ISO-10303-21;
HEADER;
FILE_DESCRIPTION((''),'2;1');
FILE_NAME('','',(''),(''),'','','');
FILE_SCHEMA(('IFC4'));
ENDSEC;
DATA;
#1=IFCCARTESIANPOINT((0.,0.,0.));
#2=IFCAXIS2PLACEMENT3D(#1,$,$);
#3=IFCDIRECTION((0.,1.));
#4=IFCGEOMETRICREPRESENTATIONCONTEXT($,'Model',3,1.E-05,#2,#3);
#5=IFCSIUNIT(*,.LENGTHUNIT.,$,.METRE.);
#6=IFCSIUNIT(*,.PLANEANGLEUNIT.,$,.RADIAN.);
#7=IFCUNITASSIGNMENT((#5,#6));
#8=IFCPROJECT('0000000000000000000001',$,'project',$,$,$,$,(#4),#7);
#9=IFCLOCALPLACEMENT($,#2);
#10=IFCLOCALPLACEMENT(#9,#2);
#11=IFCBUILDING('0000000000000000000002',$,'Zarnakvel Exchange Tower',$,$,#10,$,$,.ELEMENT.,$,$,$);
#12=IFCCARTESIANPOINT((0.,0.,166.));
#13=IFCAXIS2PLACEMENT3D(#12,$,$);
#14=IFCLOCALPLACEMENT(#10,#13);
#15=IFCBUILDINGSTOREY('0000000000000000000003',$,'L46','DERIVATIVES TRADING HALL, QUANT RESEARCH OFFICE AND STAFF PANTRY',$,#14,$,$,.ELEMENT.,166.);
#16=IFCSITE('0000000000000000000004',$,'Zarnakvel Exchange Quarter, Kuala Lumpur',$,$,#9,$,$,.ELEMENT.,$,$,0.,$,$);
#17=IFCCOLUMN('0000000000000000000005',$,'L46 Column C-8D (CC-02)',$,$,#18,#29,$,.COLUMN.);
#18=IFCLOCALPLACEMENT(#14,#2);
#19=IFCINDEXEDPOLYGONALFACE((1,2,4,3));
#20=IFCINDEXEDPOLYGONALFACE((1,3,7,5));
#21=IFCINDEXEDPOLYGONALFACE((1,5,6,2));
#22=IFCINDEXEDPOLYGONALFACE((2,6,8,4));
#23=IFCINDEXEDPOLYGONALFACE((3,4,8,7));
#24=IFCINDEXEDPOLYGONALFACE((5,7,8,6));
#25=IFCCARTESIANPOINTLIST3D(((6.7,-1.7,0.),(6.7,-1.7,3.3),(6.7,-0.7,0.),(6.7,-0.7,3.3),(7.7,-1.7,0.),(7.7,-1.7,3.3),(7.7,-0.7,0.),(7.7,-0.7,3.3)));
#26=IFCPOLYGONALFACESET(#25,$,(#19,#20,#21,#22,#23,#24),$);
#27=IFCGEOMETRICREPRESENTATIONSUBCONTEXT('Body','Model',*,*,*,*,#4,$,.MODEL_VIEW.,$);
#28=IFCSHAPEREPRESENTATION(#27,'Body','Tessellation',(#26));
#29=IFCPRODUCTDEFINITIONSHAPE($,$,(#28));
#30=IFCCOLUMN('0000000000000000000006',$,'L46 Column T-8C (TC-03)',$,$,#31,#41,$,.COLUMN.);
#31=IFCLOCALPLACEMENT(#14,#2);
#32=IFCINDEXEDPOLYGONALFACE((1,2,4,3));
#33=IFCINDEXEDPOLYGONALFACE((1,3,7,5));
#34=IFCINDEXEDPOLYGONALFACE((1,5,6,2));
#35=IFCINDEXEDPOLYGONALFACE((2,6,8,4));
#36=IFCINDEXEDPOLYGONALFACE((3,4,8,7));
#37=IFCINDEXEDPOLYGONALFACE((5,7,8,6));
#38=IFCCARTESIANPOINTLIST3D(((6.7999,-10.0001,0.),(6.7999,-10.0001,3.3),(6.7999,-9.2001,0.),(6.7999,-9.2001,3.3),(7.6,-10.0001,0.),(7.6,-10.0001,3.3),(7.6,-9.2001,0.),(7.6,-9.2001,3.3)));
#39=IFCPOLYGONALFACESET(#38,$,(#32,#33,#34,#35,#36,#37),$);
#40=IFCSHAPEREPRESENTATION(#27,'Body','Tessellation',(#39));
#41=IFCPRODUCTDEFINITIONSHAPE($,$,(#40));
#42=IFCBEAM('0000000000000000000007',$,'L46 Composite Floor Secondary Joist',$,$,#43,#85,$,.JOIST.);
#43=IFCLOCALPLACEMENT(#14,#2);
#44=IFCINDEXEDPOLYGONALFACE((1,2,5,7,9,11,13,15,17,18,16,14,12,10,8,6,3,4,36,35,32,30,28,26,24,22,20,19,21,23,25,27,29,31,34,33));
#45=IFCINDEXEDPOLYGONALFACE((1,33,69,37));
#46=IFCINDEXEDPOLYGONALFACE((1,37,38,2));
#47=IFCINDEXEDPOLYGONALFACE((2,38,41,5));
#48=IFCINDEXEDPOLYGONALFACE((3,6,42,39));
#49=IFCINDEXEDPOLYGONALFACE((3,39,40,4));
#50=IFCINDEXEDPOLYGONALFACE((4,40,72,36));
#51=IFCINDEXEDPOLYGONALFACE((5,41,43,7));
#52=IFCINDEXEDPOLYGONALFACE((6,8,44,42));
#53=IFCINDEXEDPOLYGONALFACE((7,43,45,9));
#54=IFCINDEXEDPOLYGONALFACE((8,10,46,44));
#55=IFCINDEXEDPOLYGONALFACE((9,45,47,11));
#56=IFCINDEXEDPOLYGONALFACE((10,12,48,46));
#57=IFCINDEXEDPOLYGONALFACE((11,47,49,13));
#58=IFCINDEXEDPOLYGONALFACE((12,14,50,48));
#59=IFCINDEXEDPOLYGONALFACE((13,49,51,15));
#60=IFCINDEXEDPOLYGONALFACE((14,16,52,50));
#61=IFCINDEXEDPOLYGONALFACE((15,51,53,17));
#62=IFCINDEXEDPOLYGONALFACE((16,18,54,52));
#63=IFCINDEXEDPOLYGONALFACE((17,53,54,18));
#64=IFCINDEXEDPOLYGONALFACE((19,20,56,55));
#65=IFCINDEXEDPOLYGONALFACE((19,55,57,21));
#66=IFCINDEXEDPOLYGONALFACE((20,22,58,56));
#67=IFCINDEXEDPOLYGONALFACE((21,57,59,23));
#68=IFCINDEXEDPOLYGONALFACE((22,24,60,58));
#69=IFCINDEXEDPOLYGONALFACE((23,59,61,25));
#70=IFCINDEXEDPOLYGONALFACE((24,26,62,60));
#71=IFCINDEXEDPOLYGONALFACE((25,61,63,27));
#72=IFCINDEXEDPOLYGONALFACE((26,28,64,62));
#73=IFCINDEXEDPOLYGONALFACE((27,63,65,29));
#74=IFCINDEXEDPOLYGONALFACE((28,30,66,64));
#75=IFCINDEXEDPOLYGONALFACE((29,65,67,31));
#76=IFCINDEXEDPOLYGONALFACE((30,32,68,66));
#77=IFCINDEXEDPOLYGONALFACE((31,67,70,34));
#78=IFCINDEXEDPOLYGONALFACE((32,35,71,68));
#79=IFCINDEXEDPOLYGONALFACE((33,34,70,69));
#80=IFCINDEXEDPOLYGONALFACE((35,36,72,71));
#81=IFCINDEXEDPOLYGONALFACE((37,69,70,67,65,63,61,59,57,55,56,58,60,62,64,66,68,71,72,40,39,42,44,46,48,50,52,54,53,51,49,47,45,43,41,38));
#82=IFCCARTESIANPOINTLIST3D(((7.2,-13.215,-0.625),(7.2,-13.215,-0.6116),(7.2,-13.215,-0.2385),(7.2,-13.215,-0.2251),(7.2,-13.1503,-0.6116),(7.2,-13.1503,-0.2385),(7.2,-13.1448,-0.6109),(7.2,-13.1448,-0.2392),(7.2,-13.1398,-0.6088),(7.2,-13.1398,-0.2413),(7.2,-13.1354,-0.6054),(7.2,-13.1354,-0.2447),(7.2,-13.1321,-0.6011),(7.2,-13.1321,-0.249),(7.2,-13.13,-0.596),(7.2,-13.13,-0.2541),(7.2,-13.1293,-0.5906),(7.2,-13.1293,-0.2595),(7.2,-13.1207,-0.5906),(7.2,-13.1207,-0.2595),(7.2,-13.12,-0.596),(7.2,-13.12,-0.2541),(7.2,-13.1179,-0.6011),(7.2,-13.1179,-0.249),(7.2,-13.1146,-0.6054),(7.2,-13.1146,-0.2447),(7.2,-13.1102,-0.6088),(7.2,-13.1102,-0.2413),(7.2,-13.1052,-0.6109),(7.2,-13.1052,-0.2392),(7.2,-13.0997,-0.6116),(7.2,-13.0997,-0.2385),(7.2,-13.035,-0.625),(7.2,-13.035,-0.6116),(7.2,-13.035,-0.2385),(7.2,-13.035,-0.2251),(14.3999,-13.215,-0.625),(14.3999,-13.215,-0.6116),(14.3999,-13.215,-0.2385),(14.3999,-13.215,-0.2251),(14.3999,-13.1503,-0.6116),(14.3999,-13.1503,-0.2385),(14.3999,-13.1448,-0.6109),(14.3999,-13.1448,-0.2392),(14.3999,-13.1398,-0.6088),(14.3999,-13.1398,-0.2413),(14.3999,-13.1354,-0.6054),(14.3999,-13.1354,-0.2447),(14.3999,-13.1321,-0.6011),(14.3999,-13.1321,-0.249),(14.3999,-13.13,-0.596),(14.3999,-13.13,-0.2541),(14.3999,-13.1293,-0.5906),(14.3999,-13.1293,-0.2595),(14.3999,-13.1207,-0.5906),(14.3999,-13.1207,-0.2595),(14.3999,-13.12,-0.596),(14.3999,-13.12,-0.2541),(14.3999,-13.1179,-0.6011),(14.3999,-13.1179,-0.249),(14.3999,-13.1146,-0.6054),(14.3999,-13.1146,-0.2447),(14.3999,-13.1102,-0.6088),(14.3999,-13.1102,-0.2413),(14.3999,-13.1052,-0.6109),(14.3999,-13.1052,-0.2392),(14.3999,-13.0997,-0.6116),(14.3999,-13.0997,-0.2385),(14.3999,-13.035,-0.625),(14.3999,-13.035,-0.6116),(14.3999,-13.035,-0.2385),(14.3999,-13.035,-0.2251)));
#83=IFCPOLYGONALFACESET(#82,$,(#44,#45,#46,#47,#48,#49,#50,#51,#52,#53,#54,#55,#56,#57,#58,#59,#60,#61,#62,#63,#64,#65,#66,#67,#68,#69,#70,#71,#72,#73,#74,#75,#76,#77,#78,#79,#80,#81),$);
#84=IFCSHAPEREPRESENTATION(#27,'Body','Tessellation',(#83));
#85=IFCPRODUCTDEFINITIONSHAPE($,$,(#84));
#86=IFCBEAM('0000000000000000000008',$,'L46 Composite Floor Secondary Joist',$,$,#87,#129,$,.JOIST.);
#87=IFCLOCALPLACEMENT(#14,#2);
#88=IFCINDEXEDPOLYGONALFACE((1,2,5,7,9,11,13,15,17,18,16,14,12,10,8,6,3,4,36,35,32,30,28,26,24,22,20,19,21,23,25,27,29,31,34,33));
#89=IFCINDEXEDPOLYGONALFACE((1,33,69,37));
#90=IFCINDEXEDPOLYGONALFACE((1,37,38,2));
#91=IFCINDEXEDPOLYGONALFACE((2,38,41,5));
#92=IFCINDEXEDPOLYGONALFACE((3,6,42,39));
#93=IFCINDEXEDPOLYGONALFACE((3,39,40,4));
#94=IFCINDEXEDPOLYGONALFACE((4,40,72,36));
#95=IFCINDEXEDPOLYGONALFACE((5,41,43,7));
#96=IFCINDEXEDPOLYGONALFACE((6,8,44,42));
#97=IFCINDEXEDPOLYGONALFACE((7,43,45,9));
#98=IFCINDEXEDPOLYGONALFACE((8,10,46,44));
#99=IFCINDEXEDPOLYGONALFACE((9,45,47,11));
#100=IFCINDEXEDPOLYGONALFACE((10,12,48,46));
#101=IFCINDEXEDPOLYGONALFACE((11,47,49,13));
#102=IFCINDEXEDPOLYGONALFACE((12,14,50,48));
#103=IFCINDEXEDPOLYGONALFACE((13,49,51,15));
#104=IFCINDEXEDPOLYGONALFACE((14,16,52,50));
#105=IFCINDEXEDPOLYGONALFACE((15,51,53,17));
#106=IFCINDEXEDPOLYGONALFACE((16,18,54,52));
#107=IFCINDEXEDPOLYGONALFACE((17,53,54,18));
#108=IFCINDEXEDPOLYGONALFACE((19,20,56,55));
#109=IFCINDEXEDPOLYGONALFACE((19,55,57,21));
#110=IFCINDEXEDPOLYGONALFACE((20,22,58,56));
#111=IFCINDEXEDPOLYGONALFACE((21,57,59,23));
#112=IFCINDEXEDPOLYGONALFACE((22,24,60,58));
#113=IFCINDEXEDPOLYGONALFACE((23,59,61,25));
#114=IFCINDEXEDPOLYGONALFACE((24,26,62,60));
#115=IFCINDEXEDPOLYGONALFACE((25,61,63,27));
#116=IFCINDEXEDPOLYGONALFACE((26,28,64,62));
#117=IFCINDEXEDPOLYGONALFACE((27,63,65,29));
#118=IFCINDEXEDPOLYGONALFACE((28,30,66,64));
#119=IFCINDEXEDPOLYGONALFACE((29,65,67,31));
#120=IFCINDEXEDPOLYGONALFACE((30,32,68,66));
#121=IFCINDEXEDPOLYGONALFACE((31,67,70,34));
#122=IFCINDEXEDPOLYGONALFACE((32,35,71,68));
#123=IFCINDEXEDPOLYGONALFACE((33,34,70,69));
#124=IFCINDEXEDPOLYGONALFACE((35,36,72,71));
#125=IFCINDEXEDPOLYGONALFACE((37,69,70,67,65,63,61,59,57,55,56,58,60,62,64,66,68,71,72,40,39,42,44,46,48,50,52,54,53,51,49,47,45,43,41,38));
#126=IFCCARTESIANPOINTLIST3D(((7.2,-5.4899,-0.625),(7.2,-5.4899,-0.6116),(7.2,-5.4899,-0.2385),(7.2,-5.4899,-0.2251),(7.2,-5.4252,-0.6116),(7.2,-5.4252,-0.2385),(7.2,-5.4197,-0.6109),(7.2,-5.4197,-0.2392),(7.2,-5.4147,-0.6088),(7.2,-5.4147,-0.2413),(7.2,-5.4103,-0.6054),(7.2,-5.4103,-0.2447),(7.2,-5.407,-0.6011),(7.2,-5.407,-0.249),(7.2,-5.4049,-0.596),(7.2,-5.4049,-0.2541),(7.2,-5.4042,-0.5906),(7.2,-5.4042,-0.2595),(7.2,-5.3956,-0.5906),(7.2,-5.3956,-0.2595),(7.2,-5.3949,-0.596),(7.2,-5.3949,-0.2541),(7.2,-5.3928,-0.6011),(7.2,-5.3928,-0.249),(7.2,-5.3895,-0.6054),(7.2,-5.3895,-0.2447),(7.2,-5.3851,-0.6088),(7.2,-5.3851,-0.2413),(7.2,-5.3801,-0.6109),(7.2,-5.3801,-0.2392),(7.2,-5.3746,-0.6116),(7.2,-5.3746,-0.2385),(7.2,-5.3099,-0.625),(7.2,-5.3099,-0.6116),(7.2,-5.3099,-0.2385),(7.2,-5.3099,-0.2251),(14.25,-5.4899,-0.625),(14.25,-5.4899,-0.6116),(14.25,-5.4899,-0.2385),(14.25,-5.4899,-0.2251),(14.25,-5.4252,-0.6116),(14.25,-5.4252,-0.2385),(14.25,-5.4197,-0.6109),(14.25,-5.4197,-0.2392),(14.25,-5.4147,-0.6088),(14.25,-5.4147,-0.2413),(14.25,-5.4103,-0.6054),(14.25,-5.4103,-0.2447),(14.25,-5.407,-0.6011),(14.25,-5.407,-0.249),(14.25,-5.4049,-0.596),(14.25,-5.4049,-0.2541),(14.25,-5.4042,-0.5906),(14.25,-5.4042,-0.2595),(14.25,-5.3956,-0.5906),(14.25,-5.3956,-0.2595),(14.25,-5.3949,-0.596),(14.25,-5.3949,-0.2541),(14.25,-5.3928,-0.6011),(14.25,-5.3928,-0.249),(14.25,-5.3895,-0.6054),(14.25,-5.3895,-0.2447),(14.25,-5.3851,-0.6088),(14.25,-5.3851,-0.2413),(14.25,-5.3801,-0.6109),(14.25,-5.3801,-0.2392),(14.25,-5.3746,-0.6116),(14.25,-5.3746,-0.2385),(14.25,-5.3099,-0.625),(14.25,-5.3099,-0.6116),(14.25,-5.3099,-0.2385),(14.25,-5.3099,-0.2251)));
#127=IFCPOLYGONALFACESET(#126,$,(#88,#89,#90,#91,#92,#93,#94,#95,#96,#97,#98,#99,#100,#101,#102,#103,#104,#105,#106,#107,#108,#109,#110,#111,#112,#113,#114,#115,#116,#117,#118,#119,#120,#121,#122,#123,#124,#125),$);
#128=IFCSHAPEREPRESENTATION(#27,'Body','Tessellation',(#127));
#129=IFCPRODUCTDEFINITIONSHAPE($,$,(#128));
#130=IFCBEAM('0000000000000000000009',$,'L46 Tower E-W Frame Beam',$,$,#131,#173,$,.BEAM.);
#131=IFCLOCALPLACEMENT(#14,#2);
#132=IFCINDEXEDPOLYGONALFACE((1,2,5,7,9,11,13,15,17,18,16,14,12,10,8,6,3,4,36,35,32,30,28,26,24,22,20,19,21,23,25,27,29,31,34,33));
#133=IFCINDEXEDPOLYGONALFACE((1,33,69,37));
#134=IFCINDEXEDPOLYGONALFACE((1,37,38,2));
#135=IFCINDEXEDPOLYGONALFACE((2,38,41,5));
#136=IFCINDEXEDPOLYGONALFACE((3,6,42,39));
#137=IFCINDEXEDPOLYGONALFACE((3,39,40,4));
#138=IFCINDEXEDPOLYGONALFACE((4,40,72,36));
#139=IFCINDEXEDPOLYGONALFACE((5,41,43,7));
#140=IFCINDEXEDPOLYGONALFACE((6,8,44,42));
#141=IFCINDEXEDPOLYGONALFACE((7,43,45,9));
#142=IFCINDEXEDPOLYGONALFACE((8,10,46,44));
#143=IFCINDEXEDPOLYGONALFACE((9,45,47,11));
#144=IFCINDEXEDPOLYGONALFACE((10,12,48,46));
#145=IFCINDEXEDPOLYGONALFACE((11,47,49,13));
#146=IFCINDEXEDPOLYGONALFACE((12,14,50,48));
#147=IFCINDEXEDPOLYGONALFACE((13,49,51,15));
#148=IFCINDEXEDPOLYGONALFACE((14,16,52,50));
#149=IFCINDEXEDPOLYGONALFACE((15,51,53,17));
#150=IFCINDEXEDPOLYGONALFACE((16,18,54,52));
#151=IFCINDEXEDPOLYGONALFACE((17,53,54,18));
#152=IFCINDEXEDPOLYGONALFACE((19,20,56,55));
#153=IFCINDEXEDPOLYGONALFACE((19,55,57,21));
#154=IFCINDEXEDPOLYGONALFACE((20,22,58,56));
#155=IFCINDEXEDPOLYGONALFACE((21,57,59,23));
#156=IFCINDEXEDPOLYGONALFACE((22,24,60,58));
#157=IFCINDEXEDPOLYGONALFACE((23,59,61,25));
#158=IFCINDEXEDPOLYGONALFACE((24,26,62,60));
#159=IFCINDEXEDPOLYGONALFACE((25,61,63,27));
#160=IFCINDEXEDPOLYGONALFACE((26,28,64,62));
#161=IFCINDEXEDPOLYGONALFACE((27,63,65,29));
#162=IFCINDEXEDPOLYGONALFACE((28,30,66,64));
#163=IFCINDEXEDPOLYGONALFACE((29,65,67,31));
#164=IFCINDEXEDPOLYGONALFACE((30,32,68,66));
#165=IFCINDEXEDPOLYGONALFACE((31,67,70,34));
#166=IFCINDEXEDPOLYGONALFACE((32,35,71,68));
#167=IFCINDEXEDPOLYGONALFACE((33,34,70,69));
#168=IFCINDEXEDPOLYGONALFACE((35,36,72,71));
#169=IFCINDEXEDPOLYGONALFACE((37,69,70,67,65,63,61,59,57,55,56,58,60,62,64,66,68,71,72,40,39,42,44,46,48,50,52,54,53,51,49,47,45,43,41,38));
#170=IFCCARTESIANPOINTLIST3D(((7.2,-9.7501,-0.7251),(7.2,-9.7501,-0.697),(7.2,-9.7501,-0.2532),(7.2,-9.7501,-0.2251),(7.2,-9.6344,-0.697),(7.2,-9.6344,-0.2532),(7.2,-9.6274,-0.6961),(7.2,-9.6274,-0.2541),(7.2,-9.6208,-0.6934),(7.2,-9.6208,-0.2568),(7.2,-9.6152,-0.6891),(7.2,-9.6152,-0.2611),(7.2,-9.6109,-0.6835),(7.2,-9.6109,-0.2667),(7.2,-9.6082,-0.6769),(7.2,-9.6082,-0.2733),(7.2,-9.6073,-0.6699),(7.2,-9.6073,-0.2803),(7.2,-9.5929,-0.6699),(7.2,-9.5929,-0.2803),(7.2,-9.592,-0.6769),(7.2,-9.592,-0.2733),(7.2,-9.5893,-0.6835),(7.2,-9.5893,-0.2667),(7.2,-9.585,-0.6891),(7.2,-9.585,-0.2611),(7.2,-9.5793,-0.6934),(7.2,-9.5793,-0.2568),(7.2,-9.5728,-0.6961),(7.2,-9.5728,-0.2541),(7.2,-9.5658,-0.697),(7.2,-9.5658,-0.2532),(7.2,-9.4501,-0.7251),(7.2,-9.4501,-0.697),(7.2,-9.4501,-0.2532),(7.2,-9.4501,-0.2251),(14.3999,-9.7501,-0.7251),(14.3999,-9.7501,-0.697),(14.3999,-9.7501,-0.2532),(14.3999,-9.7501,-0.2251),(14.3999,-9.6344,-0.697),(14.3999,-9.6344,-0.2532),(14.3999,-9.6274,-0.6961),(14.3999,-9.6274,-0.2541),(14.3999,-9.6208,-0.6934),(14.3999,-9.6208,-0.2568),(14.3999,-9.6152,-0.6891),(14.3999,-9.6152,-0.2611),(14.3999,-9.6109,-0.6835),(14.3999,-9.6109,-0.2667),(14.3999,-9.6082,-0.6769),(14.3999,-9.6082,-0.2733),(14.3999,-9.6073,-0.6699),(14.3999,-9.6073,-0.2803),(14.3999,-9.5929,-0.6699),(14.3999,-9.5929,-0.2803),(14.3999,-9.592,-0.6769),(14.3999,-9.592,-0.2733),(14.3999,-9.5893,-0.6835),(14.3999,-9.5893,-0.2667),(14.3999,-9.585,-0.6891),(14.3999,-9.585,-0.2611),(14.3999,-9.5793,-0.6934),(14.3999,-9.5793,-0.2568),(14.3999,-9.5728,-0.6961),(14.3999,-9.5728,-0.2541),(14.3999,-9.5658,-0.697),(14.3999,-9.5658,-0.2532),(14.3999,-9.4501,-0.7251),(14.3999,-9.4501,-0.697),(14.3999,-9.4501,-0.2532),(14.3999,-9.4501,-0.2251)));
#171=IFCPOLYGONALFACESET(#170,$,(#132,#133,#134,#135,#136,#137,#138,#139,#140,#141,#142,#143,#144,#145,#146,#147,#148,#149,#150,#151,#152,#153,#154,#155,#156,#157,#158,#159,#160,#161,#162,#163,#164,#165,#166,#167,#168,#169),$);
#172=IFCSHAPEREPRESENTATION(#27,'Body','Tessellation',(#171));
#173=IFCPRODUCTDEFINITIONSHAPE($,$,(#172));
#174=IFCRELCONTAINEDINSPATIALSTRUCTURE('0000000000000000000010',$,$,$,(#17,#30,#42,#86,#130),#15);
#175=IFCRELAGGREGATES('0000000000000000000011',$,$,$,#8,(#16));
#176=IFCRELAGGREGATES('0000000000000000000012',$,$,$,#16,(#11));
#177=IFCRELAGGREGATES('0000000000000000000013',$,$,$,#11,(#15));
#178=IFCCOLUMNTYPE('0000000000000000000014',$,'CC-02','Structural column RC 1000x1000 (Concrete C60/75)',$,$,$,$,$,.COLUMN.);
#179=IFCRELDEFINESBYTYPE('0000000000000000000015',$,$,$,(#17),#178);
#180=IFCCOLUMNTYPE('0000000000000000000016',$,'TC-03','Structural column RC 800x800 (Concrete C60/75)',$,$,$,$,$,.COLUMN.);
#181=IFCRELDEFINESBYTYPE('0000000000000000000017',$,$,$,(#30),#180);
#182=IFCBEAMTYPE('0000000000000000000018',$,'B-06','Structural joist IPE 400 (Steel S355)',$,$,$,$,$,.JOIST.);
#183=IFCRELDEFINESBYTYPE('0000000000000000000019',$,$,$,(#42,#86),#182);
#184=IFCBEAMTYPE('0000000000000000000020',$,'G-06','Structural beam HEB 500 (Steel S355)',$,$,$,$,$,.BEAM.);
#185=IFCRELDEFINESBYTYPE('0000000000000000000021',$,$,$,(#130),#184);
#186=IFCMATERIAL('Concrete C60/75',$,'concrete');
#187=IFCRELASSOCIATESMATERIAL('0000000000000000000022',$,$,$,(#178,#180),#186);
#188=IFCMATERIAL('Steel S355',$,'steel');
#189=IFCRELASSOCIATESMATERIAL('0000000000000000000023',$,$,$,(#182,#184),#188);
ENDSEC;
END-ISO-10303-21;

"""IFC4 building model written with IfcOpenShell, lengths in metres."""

from ifc_helpers import new_model, si_unit, direction, frame, origin, origin_2d, place, context, subcontext, project, spatial, rectangle, i_section, extrude, material, material_profile, profile_set, type_object, element, save


model = new_model("IFC4")

# Units and contexts
model_context = context("Model", 3, precision=1e-05, world=origin(), true_north=direction((0.0, 1.0)))
body_context = subcontext(model_context, "Body", "Model", "MODEL_VIEW")
ifc_project = project(units=[si_unit("LENGTHUNIT", "METRE"), si_unit("PLANEANGLEUNIT", "RADIAN")], contexts=[model_context])

# Site, building, storey
site_placement = place(None, origin())
site = spatial("IfcSite", under=ifc_project, at=site_placement, Name="Zarnakvel Exchange Quarter, Kuala Lumpur", CompositionType="ELEMENT", RefElevation=0.0)
building_placement = place(site_placement, origin())
building = spatial("IfcBuilding", under=site, at=building_placement, Name="Zarnakvel Exchange Tower", CompositionType="ELEMENT")
storey_placement = place(building_placement, frame((0.0, 0.0, 166.0)))
storey = spatial("IfcBuildingStorey", under=building, at=storey_placement, Name="L46", Description="DERIVATIVES TRADING HALL, QUANT RESEARCH OFFICE AND STAFF PANTRY", CompositionType="ELEMENT", Elevation=166.0)

# Columns
ifc_material_1 = material(Name="Concrete C60/75", Category="concrete")
ifc_material_profile_1 = material_profile(ifc_material_1, rectangle(XDim=1.0, YDim=1.0, at=origin_2d()))
ifc_profile_set_1 = profile_set([ifc_material_profile_1], Name="Concrete C60/75")
column_type_1 = type_object("IfcColumnType", Name="CC-02", Description="Structural column RC 1000x1000 (Concrete C60/75)", PredefinedType="COLUMN", material=ifc_profile_set_1)
column_1_placement = place(storey_placement, frame((7.2, -1.2, 0.0), z_axis=(0.0, 0.0, 1.0), x_axis=(1.0, 0.0, 0.0)))
element("IfcColumn", 1, at=column_1_placement, inside=storey, type_object=column_type_1, Name="L46 Column C-8D (CC-02)", PredefinedType="COLUMN", context=body_context, shape_type="SweptSolid", body=[
    extrude(rectangle(XDim=1.0, YDim=1.0, at=origin_2d()), origin(), (0.0, 0.0, 1.0), 3.3),
])
ifc_material_profile_2 = material_profile(ifc_material_1, rectangle(XDim=0.8, YDim=0.8, at=origin_2d()))
ifc_profile_set_2 = profile_set([ifc_material_profile_2], Name="Concrete C60/75")
column_type_2 = type_object("IfcColumnType", Name="TC-03", Description="Structural column RC 800x800 (Concrete C60/75)", PredefinedType="COLUMN", material=ifc_profile_set_2)
column_2_placement = place(storey_placement, frame((7.2, -9.6001, 0.0), z_axis=(0.0, 0.0, 1.0), x_axis=(1.0, 0.0, 0.0)))
element("IfcColumn", 2, at=column_2_placement, inside=storey, type_object=column_type_2, Name="L46 Column T-8C (TC-03)", PredefinedType="COLUMN", context=body_context, shape_type="SweptSolid", body=[
    extrude(rectangle(XDim=0.8, YDim=0.8, at=origin_2d()), origin(), (0.0, 0.0, 1.0), 3.3),
])

# Beams
ifc_material_2 = material(Name="Steel S355", Category="steel")
ifc_material_profile_3 = material_profile(ifc_material_2, i_section(OverallWidth=0.1799, OverallDepth=0.3999, WebThickness=0.0085, FlangeThickness=0.0134, FilletRadius=0.021, at=origin_2d()))
ifc_profile_set_3 = profile_set([ifc_material_profile_3], Name="Steel S355")
beam_type_1 = type_object("IfcBeamType", Name="B-06", Description="Structural joist IPE 400 (Steel S355)", PredefinedType="JOIST", material=ifc_profile_set_3)
beam_1_placement = place(storey_placement, frame((7.2, -13.125, -0.425), z_axis=(1.0, 0.0, 0.0), x_axis=(0.0, 1.0, 0.0)))
element("IfcBeam", 3, at=beam_1_placement, inside=storey, type_object=beam_type_1, Name="L46 Composite Floor Secondary Joist", PredefinedType="JOIST", context=body_context, shape_type="SweptSolid", body=[
    extrude(i_section(OverallWidth=0.1799, OverallDepth=0.3999, WebThickness=0.0085, FlangeThickness=0.0134, FilletRadius=0.021, at=origin_2d()), origin(), (0.0, 0.0, 1.0), 7.2),
])
beam_2_placement = place(storey_placement, frame((7.2, -5.3999, -0.425), z_axis=(1.0, 0.0, 0.0), x_axis=(0.0, 1.0, 0.0)))
element("IfcBeam", 4, at=beam_2_placement, inside=storey, type_object=beam_type_1, Name="L46 Composite Floor Secondary Joist", PredefinedType="JOIST", context=body_context, shape_type="SweptSolid", body=[
    extrude(i_section(OverallWidth=0.1799, OverallDepth=0.3999, WebThickness=0.0085, FlangeThickness=0.0134, FilletRadius=0.021, at=origin_2d()), origin(), (0.0, 0.0, 1.0), 7.05),
])
ifc_material_profile_4 = material_profile(ifc_material_2, i_section(OverallWidth=0.3, OverallDepth=0.5, WebThickness=0.0144, FlangeThickness=0.0281, FilletRadius=0.0271, at=origin_2d()))
ifc_profile_set_4 = profile_set([ifc_material_profile_4], Name="Steel S355")
beam_type_2 = type_object("IfcBeamType", Name="G-06", Description="Structural beam HEB 500 (Steel S355)", PredefinedType="BEAM", material=ifc_profile_set_4)
beam_3_placement = place(storey_placement, frame((7.2, -9.6001, -0.4751), z_axis=(1.0, 0.0, 0.0), x_axis=(0.0, 1.0, 0.0)))
element("IfcBeam", 5, at=beam_3_placement, inside=storey, type_object=beam_type_2, Name="L46 Tower E-W Frame Beam", PredefinedType="BEAM", context=body_context, shape_type="SweptSolid", body=[
    extrude(i_section(OverallWidth=0.3, OverallDepth=0.5, WebThickness=0.0144, FlangeThickness=0.0281, FilletRadius=0.0271, at=origin_2d()), origin(), (0.0, 0.0, 1.0), 7.2),
])

save(model, "model.ifc")
